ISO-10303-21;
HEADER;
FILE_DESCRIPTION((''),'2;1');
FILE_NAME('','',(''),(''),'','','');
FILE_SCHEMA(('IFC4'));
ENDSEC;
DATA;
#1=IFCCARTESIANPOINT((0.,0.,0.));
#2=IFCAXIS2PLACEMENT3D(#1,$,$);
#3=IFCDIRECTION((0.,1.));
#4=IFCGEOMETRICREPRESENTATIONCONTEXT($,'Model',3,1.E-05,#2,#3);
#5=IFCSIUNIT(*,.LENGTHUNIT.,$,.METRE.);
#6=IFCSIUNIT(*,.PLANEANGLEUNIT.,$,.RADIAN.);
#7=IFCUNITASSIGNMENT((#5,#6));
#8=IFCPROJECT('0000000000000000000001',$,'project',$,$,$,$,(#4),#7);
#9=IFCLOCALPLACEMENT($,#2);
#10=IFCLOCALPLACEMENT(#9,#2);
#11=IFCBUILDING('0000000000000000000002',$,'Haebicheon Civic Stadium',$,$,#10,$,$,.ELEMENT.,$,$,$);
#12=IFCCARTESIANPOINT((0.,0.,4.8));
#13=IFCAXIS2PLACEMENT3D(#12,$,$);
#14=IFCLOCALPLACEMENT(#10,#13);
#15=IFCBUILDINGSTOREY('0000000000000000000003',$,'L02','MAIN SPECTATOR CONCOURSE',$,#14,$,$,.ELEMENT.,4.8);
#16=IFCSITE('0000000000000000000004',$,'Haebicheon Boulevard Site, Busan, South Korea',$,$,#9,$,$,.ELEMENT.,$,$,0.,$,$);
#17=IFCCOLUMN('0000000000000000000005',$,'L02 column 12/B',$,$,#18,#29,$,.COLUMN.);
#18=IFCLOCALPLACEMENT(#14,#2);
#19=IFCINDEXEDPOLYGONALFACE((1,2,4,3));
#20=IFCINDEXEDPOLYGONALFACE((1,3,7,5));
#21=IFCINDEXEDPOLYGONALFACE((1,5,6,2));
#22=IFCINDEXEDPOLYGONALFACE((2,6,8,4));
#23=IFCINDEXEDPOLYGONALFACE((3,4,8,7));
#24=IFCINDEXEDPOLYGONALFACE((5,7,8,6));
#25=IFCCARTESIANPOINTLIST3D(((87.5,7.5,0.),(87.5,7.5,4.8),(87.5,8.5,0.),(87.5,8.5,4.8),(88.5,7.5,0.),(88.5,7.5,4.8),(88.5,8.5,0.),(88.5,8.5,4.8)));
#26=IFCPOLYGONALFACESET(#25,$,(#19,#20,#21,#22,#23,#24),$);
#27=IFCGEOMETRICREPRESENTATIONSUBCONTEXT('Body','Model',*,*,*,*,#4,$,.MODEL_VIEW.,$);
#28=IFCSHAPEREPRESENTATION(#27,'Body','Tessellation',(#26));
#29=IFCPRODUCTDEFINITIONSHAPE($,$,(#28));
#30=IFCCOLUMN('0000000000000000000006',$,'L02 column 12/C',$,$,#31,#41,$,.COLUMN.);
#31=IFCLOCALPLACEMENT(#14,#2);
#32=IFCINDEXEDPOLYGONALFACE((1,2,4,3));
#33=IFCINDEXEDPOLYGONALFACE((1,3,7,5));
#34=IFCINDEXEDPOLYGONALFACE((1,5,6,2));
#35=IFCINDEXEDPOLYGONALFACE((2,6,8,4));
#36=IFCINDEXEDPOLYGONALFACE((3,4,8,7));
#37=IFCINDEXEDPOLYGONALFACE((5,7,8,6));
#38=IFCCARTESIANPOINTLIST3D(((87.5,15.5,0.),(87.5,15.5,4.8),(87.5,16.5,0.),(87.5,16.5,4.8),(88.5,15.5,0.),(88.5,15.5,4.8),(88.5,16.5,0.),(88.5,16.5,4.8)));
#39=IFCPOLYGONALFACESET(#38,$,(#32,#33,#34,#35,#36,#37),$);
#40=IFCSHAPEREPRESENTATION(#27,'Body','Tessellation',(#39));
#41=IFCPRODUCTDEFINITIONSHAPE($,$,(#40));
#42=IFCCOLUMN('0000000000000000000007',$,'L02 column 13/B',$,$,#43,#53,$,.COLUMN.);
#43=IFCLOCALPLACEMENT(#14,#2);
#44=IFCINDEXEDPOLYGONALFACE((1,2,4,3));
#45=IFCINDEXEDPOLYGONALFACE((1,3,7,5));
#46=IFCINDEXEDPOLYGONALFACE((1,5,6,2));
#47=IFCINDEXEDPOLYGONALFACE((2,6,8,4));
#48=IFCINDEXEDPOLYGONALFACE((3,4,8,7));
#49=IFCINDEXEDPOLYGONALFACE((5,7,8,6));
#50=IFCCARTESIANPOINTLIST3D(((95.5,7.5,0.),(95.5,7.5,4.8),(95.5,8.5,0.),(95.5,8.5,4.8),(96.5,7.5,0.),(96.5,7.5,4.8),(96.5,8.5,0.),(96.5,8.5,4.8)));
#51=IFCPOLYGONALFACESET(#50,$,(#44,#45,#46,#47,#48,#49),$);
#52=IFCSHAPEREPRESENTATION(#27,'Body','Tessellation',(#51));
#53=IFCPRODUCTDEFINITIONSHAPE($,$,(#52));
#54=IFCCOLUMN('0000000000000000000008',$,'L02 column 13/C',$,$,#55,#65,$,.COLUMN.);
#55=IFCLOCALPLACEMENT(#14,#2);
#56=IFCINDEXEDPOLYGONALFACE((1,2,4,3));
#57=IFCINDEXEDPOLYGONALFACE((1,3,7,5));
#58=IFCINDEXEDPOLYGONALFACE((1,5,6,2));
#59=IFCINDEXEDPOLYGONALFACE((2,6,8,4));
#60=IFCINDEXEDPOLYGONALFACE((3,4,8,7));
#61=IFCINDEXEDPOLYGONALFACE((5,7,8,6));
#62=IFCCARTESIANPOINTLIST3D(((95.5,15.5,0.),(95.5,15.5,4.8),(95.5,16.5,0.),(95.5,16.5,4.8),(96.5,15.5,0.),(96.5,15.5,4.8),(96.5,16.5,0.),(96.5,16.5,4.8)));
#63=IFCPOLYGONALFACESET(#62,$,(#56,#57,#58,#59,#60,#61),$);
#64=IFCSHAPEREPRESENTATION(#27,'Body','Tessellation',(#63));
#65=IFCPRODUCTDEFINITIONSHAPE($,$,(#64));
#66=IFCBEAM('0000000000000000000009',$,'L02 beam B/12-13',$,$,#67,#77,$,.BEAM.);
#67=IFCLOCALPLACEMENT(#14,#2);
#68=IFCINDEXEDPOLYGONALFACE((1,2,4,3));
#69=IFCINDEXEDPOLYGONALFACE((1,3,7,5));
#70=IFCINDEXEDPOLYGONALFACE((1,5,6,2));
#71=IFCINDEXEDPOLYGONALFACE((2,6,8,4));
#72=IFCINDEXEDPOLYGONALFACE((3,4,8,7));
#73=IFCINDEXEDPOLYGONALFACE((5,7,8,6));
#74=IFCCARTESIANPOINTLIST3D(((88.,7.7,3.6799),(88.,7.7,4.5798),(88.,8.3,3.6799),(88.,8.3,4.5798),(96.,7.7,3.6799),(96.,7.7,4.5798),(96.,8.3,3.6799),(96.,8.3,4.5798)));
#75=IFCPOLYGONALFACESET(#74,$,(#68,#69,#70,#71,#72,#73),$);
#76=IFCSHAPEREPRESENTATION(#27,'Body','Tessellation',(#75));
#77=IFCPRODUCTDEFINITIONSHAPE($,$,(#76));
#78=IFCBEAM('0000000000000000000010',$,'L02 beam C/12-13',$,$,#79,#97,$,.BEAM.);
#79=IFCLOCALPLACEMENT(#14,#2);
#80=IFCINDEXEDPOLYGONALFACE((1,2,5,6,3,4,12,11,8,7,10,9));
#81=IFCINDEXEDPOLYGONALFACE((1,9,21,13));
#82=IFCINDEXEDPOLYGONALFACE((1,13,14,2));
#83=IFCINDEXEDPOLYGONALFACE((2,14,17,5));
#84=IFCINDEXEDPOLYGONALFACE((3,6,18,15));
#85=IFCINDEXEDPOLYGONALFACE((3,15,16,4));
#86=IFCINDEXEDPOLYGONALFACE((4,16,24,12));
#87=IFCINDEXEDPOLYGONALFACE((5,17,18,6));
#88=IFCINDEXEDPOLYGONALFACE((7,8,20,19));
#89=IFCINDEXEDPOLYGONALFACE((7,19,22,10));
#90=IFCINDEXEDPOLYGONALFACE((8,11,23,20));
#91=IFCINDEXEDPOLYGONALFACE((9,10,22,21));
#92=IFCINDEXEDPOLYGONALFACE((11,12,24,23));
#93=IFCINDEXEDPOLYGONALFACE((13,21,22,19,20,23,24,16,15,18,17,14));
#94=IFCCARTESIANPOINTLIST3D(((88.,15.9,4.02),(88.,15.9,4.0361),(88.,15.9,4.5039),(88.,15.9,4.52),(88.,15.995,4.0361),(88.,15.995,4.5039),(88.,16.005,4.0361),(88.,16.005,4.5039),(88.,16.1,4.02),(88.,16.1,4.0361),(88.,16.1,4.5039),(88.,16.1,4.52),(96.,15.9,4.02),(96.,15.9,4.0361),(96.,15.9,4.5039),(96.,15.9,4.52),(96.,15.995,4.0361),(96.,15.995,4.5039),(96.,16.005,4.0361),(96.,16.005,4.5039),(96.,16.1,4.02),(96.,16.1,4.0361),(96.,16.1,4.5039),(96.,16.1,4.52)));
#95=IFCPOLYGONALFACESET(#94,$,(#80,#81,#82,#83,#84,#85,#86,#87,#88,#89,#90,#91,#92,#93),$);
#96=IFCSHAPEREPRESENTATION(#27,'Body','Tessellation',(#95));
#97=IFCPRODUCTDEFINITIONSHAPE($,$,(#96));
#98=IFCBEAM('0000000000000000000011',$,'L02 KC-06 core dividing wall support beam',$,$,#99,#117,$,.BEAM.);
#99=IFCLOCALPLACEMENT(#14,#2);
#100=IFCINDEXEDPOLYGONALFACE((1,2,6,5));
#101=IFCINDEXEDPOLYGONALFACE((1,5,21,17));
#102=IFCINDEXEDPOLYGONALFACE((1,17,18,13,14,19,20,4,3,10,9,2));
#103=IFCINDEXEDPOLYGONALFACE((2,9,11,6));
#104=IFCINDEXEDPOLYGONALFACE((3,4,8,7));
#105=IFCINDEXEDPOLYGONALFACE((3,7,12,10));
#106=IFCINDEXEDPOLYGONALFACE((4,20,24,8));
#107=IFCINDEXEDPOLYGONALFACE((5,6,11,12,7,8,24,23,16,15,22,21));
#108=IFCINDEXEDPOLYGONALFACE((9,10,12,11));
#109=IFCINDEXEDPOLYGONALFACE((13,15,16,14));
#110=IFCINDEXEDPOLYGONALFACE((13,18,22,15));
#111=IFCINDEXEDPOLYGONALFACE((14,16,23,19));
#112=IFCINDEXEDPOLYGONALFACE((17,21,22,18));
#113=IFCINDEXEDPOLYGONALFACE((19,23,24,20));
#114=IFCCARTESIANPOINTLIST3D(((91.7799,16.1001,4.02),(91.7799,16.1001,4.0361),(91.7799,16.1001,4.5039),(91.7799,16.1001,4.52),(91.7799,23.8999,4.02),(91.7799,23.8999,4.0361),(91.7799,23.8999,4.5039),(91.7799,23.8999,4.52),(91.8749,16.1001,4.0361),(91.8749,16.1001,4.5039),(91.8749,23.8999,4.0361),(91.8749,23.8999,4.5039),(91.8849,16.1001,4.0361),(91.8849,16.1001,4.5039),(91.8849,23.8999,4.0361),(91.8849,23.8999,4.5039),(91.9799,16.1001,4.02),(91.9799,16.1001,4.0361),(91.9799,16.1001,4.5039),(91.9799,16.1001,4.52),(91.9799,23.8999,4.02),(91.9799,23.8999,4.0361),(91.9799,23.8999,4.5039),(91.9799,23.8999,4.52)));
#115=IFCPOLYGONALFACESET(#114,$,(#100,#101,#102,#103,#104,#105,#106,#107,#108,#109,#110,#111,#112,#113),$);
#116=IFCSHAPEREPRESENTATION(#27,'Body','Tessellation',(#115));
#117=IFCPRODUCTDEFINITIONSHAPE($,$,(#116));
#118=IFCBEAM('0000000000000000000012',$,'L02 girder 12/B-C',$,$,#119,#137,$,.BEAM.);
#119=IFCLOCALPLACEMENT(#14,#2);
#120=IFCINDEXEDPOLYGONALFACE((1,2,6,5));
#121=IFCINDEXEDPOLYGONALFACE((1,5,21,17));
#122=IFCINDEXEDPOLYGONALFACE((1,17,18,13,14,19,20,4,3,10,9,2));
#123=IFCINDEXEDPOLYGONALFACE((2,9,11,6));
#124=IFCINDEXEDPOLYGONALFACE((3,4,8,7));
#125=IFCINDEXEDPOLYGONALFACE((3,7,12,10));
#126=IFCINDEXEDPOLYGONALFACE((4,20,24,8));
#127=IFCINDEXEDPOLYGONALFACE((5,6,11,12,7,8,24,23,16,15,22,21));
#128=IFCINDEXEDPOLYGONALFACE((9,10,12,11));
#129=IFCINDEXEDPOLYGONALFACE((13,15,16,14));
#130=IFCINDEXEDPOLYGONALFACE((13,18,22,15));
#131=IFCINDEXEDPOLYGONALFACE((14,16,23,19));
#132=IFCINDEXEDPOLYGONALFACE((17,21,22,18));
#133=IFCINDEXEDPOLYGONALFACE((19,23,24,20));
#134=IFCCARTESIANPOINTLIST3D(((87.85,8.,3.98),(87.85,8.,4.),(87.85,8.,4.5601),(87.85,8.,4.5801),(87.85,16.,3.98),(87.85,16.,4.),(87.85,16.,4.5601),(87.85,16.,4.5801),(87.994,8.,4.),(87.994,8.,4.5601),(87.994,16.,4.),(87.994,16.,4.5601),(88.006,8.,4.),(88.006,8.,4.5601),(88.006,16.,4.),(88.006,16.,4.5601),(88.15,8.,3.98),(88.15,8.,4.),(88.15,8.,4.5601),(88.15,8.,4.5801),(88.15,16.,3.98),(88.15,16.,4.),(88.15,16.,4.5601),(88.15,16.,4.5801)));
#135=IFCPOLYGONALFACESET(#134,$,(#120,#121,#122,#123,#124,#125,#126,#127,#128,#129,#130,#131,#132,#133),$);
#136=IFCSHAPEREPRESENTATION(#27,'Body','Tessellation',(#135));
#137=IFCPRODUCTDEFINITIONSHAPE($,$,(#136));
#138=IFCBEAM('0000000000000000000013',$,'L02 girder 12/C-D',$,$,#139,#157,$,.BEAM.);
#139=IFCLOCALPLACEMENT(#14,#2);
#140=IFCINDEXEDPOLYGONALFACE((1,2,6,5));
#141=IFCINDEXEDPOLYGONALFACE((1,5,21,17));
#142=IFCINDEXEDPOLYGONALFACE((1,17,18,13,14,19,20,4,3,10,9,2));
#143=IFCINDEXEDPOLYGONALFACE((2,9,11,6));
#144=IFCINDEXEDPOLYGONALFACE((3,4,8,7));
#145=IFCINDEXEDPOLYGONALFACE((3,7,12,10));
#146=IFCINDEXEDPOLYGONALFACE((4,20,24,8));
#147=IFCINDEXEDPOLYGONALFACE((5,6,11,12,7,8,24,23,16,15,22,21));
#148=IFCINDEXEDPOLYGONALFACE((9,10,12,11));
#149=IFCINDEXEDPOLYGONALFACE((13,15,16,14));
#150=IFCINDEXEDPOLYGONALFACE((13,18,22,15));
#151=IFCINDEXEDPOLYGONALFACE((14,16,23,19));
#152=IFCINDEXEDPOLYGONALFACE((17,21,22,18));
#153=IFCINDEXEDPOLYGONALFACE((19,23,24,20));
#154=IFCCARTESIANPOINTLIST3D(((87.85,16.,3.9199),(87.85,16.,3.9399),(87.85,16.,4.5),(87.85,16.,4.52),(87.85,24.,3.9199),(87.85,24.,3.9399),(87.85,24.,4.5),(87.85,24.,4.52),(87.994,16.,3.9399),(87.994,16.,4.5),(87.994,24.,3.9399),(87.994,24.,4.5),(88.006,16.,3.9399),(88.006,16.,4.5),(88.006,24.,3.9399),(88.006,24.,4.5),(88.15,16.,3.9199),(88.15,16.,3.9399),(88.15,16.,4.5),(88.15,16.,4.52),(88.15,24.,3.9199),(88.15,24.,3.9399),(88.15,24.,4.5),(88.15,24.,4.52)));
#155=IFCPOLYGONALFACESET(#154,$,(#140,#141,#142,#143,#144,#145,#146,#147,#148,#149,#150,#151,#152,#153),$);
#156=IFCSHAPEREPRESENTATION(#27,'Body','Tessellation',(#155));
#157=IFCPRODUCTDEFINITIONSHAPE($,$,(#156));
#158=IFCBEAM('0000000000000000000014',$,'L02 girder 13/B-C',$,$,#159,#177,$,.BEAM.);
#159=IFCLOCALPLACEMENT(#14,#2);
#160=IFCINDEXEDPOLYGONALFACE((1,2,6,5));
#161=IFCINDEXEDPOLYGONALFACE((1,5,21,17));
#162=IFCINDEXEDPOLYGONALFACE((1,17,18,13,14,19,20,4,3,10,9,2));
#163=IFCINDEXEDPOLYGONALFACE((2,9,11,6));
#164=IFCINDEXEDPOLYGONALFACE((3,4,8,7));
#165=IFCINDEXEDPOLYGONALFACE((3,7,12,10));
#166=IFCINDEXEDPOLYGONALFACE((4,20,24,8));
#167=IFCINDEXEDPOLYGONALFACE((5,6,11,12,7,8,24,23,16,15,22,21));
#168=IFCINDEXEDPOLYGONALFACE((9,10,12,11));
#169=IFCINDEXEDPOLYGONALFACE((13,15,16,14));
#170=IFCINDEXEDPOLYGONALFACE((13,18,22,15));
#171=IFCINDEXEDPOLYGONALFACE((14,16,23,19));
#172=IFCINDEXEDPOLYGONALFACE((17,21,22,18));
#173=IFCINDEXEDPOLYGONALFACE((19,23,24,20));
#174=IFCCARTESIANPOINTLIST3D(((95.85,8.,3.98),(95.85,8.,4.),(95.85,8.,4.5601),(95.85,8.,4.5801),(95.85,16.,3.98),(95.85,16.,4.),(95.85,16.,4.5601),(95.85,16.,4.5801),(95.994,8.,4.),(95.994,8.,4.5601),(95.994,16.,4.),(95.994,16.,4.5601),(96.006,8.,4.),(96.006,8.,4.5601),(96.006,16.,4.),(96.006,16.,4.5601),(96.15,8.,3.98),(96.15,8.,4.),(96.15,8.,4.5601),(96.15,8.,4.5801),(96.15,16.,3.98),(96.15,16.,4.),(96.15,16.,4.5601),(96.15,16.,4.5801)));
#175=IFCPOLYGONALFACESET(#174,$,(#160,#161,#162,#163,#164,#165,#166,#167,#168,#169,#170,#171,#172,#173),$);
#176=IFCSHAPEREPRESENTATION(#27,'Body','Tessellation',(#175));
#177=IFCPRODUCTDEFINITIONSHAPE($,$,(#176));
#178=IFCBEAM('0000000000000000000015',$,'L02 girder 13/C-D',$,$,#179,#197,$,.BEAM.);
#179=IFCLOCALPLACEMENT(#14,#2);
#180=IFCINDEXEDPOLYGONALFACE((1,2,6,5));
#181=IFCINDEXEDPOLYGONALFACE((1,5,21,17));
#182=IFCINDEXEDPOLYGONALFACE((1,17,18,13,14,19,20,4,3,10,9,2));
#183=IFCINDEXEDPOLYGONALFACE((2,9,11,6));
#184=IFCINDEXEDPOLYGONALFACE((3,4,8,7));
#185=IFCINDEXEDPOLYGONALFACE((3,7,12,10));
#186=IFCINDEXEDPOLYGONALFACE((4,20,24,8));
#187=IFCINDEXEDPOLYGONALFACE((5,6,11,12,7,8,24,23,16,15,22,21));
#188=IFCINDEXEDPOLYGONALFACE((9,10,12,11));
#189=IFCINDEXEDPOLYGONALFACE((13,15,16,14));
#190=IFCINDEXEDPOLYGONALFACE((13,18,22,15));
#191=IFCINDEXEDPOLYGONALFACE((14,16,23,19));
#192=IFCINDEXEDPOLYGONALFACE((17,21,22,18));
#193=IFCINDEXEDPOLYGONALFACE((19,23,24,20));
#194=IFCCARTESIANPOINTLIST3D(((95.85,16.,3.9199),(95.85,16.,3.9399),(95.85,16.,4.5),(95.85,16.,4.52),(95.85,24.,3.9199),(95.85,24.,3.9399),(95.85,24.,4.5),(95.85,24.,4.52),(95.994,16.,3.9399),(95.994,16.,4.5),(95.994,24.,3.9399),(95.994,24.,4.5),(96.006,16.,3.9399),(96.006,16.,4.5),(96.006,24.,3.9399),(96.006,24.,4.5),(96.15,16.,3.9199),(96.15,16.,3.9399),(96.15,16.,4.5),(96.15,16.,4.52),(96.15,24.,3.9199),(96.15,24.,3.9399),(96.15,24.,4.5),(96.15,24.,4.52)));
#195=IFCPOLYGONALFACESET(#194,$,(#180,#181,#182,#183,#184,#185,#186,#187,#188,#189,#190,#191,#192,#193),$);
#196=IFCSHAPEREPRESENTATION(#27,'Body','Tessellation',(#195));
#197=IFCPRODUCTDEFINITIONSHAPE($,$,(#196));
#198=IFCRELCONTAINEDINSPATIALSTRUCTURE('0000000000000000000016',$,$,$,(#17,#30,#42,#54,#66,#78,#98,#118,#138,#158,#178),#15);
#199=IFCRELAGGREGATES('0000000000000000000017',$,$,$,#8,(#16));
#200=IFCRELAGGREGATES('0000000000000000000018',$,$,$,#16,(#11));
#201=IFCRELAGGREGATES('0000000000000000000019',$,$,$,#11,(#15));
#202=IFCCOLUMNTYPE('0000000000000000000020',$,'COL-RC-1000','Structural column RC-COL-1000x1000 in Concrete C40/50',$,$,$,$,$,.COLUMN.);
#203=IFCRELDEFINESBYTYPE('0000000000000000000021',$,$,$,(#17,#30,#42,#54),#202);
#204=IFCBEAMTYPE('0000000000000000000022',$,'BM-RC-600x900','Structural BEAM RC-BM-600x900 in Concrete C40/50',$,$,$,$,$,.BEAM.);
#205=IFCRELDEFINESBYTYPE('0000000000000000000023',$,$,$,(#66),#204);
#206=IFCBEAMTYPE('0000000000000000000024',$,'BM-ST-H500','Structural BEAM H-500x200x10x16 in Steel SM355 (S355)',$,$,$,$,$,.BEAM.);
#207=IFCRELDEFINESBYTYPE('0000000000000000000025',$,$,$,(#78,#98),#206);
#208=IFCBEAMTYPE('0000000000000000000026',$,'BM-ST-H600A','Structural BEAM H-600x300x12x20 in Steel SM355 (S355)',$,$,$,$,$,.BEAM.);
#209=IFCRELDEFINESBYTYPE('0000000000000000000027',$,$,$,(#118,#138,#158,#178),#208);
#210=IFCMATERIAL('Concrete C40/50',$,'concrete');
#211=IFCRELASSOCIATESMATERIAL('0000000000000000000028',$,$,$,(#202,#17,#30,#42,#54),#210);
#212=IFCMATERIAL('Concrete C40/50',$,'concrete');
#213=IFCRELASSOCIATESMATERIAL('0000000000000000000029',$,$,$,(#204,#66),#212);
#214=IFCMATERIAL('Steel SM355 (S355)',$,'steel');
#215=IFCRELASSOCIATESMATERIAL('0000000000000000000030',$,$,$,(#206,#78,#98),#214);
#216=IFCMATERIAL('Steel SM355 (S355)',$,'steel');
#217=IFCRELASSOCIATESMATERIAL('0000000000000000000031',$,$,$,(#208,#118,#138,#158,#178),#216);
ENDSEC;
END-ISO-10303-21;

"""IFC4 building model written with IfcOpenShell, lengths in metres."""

from ifc_helpers import new_model, si_unit, direction, frame, origin, origin_2d, place, context, subcontext, project, spatial, rectangle, i_section, extrude, material, material_profile, profile_set, type_object, element, save


model = new_model("IFC4")

# Units and contexts
model_context = context("Model", 3, precision=1e-05, world=origin(), true_north=direction((0.0, 1.0)))
body_context = subcontext(model_context, "Body", "Model", "MODEL_VIEW")
ifc_project = project(units=[si_unit("LENGTHUNIT", "METRE"), si_unit("PLANEANGLEUNIT", "RADIAN")], contexts=[model_context])

# Site, building, storey
site_placement = place(None, origin())
site = spatial("IfcSite", under=ifc_project, at=site_placement, Name="Haebicheon Boulevard Site, Busan, South Korea", CompositionType="ELEMENT", RefElevation=0.0)
building_placement = place(site_placement, origin())
building = spatial("IfcBuilding", under=site, at=building_placement, Name="Haebicheon Civic Stadium", CompositionType="ELEMENT")
storey_placement = place(building_placement, frame((0.0, 0.0, 4.8)))
storey = spatial("IfcBuildingStorey", under=building, at=storey_placement, Name="L02", Description="MAIN SPECTATOR CONCOURSE", CompositionType="ELEMENT", Elevation=4.8)

# Columns
ifc_material_1 = material(Name="Concrete C40/50", Category="concrete")
ifc_material_profile_1 = material_profile(ifc_material_1, rectangle(XDim=1.0, YDim=1.0, at=origin_2d()), Name="RC-COL-1000x1000")
ifc_profile_set_1 = profile_set([ifc_material_profile_1], Name="Concrete C40/50")
column_type = type_object("IfcColumnType", Name="COL-RC-1000", Description="Structural column RC-COL-1000x1000 in Concrete C40/50", PredefinedType="COLUMN", material=ifc_profile_set_1)
for number, where, z_axis, x_axis, name in (
    (1, (88.0, 8.0, 0.0), (0.0, 0.0, 1.0), (1.0, 0.0, 0.0), "L02 column 12/B"),
    (2, (88.0, 16.0, 0.0), (0.0, 0.0, 1.0), (1.0, 0.0, 0.0), "L02 column 12/C"),
    (3, (96.0, 8.0, 0.0), (0.0, 0.0, 1.0), (1.0, 0.0, 0.0), "L02 column 13/B"),
    (4, (96.0, 16.0, 0.0), (0.0, 0.0, 1.0), (1.0, 0.0, 0.0), "L02 column 13/C"),
):
    element("IfcColumn", number, at=place(storey_placement, frame(where, z_axis=z_axis, x_axis=x_axis)), inside=storey, type_object=column_type, material=ifc_profile_set_1, Name=name, PredefinedType="COLUMN", context=body_context, shape_type="SweptSolid", body=[
        extrude(rectangle(XDim=1.0, YDim=1.0, at=origin_2d()), origin(), (0.0, 0.0, 1.0), 4.8),
    ])

# Beams
ifc_material_2 = material(Name="Concrete C40/50", Category="concrete")
ifc_material_profile_2 = material_profile(ifc_material_2, rectangle(XDim=0.6001, YDim=0.8999, at=origin_2d()), Name="RC-BM-600x900")
ifc_profile_set_2 = profile_set([ifc_material_profile_2], Name="Concrete C40/50")
beam_type_1 = type_object("IfcBeamType", Name="BM-RC-600x900", Description="Structural BEAM RC-BM-600x900 in Concrete C40/50", PredefinedType="BEAM", material=ifc_profile_set_2)
beam_1_placement = place(storey_placement, frame((88.0, 8.0, 4.1299), z_axis=(1.0, 0.0, 0.0), x_axis=(0.0, 1.0, 0.0)))
element("IfcBeam", 5, at=beam_1_placement, inside=storey, type_object=beam_type_1, material=ifc_profile_set_2, Name="L02 beam B/12-13", PredefinedType="BEAM", context=body_context, shape_type="SweptSolid", body=[
    extrude(rectangle(XDim=0.6001, YDim=0.8999, at=origin_2d()), origin(), (0.0, 0.0, 1.0), 8.0),
])
ifc_material_3 = material(Name="Steel SM355 (S355)", Category="steel")
ifc_material_profile_3 = material_profile(ifc_material_3, i_section(OverallWidth=0.2, OverallDepth=0.5, WebThickness=0.01, FlangeThickness=0.0161, at=origin_2d()), Name="H-500x200x10x16")
ifc_profile_set_3 = profile_set([ifc_material_profile_3], Name="Steel SM355 (S355)")
beam_type_2 = type_object("IfcBeamType", Name="BM-ST-H500", Description="Structural BEAM H-500x200x10x16 in Steel SM355 (S355)", PredefinedType="BEAM", material=ifc_profile_set_3)
beam_2_placement = place(storey_placement, frame((88.0, 16.0, 4.27), z_axis=(1.0, 0.0, 0.0), x_axis=(0.0, 1.0, 0.0)))
element("IfcBeam", 6, at=beam_2_placement, inside=storey, type_object=beam_type_2, material=ifc_profile_set_3, Name="L02 beam C/12-13", PredefinedType="BEAM", context=body_context, shape_type="SweptSolid", body=[
    extrude(i_section(OverallWidth=0.2, OverallDepth=0.5, WebThickness=0.01, FlangeThickness=0.0161, at=origin_2d()), origin(), (0.0, 0.0, 1.0), 8.0),
])
beam_3_placement = place(storey_placement, frame((91.8799, 16.1001, 4.27), z_axis=(0.0, 1.0, 0.0), x_axis=(-1.0, 0.0, 0.0)))
element("IfcBeam", 7, at=beam_3_placement, inside=storey, type_object=beam_type_2, material=ifc_profile_set_3, Name="L02 KC-06 core dividing wall support beam", PredefinedType="BEAM", context=body_context, shape_type="SweptSolid", body=[
    extrude(i_section(OverallWidth=0.2, OverallDepth=0.5, WebThickness=0.01, FlangeThickness=0.0161, at=origin_2d()), origin(), (0.0, 0.0, 1.0), 7.7998),
])
ifc_material_4 = material(Name="Steel SM355 (S355)", Category="steel")
ifc_material_profile_4 = material_profile(ifc_material_4, i_section(OverallWidth=0.3, OverallDepth=0.6001, WebThickness=0.012, FlangeThickness=0.02, at=origin_2d()), Name="H-600x300x12x20")
ifc_profile_set_4 = profile_set([ifc_material_profile_4], Name="Steel SM355 (S355)")
beam_type_3 = type_object("IfcBeamType", Name="BM-ST-H600A", Description="Structural BEAM H-600x300x12x20 in Steel SM355 (S355)", PredefinedType="BEAM", material=ifc_profile_set_4)
for number, where, z_axis, x_axis, name in (
    (8, (88.0, 8.0, 4.28), (0.0, 1.0, 0.0), (-1.0, 0.0, 0.0), "L02 girder 12/B-C"),
    (9, (88.0, 16.0, 4.22), (0.0, 1.0, 0.0), (-1.0, 0.0, 0.0), "L02 girder 12/C-D"),
    (10, (96.0, 8.0, 4.28), (0.0, 1.0, 0.0), (-1.0, 0.0, 0.0), "L02 girder 13/B-C"),
    (11, (96.0, 16.0, 4.22), (0.0, 1.0, 0.0), (-1.0, 0.0, 0.0), "L02 girder 13/C-D"),
):
    element("IfcBeam", number, at=place(storey_placement, frame(where, z_axis=z_axis, x_axis=x_axis)), inside=storey, type_object=beam_type_3, material=ifc_profile_set_4, Name=name, PredefinedType="BEAM", context=body_context, shape_type="SweptSolid", body=[
        extrude(i_section(OverallWidth=0.3, OverallDepth=0.6001, WebThickness=0.012, FlangeThickness=0.02, at=origin_2d()), origin(), (0.0, 0.0, 1.0), 8.0),
    ])

save(model, "model.ifc")
